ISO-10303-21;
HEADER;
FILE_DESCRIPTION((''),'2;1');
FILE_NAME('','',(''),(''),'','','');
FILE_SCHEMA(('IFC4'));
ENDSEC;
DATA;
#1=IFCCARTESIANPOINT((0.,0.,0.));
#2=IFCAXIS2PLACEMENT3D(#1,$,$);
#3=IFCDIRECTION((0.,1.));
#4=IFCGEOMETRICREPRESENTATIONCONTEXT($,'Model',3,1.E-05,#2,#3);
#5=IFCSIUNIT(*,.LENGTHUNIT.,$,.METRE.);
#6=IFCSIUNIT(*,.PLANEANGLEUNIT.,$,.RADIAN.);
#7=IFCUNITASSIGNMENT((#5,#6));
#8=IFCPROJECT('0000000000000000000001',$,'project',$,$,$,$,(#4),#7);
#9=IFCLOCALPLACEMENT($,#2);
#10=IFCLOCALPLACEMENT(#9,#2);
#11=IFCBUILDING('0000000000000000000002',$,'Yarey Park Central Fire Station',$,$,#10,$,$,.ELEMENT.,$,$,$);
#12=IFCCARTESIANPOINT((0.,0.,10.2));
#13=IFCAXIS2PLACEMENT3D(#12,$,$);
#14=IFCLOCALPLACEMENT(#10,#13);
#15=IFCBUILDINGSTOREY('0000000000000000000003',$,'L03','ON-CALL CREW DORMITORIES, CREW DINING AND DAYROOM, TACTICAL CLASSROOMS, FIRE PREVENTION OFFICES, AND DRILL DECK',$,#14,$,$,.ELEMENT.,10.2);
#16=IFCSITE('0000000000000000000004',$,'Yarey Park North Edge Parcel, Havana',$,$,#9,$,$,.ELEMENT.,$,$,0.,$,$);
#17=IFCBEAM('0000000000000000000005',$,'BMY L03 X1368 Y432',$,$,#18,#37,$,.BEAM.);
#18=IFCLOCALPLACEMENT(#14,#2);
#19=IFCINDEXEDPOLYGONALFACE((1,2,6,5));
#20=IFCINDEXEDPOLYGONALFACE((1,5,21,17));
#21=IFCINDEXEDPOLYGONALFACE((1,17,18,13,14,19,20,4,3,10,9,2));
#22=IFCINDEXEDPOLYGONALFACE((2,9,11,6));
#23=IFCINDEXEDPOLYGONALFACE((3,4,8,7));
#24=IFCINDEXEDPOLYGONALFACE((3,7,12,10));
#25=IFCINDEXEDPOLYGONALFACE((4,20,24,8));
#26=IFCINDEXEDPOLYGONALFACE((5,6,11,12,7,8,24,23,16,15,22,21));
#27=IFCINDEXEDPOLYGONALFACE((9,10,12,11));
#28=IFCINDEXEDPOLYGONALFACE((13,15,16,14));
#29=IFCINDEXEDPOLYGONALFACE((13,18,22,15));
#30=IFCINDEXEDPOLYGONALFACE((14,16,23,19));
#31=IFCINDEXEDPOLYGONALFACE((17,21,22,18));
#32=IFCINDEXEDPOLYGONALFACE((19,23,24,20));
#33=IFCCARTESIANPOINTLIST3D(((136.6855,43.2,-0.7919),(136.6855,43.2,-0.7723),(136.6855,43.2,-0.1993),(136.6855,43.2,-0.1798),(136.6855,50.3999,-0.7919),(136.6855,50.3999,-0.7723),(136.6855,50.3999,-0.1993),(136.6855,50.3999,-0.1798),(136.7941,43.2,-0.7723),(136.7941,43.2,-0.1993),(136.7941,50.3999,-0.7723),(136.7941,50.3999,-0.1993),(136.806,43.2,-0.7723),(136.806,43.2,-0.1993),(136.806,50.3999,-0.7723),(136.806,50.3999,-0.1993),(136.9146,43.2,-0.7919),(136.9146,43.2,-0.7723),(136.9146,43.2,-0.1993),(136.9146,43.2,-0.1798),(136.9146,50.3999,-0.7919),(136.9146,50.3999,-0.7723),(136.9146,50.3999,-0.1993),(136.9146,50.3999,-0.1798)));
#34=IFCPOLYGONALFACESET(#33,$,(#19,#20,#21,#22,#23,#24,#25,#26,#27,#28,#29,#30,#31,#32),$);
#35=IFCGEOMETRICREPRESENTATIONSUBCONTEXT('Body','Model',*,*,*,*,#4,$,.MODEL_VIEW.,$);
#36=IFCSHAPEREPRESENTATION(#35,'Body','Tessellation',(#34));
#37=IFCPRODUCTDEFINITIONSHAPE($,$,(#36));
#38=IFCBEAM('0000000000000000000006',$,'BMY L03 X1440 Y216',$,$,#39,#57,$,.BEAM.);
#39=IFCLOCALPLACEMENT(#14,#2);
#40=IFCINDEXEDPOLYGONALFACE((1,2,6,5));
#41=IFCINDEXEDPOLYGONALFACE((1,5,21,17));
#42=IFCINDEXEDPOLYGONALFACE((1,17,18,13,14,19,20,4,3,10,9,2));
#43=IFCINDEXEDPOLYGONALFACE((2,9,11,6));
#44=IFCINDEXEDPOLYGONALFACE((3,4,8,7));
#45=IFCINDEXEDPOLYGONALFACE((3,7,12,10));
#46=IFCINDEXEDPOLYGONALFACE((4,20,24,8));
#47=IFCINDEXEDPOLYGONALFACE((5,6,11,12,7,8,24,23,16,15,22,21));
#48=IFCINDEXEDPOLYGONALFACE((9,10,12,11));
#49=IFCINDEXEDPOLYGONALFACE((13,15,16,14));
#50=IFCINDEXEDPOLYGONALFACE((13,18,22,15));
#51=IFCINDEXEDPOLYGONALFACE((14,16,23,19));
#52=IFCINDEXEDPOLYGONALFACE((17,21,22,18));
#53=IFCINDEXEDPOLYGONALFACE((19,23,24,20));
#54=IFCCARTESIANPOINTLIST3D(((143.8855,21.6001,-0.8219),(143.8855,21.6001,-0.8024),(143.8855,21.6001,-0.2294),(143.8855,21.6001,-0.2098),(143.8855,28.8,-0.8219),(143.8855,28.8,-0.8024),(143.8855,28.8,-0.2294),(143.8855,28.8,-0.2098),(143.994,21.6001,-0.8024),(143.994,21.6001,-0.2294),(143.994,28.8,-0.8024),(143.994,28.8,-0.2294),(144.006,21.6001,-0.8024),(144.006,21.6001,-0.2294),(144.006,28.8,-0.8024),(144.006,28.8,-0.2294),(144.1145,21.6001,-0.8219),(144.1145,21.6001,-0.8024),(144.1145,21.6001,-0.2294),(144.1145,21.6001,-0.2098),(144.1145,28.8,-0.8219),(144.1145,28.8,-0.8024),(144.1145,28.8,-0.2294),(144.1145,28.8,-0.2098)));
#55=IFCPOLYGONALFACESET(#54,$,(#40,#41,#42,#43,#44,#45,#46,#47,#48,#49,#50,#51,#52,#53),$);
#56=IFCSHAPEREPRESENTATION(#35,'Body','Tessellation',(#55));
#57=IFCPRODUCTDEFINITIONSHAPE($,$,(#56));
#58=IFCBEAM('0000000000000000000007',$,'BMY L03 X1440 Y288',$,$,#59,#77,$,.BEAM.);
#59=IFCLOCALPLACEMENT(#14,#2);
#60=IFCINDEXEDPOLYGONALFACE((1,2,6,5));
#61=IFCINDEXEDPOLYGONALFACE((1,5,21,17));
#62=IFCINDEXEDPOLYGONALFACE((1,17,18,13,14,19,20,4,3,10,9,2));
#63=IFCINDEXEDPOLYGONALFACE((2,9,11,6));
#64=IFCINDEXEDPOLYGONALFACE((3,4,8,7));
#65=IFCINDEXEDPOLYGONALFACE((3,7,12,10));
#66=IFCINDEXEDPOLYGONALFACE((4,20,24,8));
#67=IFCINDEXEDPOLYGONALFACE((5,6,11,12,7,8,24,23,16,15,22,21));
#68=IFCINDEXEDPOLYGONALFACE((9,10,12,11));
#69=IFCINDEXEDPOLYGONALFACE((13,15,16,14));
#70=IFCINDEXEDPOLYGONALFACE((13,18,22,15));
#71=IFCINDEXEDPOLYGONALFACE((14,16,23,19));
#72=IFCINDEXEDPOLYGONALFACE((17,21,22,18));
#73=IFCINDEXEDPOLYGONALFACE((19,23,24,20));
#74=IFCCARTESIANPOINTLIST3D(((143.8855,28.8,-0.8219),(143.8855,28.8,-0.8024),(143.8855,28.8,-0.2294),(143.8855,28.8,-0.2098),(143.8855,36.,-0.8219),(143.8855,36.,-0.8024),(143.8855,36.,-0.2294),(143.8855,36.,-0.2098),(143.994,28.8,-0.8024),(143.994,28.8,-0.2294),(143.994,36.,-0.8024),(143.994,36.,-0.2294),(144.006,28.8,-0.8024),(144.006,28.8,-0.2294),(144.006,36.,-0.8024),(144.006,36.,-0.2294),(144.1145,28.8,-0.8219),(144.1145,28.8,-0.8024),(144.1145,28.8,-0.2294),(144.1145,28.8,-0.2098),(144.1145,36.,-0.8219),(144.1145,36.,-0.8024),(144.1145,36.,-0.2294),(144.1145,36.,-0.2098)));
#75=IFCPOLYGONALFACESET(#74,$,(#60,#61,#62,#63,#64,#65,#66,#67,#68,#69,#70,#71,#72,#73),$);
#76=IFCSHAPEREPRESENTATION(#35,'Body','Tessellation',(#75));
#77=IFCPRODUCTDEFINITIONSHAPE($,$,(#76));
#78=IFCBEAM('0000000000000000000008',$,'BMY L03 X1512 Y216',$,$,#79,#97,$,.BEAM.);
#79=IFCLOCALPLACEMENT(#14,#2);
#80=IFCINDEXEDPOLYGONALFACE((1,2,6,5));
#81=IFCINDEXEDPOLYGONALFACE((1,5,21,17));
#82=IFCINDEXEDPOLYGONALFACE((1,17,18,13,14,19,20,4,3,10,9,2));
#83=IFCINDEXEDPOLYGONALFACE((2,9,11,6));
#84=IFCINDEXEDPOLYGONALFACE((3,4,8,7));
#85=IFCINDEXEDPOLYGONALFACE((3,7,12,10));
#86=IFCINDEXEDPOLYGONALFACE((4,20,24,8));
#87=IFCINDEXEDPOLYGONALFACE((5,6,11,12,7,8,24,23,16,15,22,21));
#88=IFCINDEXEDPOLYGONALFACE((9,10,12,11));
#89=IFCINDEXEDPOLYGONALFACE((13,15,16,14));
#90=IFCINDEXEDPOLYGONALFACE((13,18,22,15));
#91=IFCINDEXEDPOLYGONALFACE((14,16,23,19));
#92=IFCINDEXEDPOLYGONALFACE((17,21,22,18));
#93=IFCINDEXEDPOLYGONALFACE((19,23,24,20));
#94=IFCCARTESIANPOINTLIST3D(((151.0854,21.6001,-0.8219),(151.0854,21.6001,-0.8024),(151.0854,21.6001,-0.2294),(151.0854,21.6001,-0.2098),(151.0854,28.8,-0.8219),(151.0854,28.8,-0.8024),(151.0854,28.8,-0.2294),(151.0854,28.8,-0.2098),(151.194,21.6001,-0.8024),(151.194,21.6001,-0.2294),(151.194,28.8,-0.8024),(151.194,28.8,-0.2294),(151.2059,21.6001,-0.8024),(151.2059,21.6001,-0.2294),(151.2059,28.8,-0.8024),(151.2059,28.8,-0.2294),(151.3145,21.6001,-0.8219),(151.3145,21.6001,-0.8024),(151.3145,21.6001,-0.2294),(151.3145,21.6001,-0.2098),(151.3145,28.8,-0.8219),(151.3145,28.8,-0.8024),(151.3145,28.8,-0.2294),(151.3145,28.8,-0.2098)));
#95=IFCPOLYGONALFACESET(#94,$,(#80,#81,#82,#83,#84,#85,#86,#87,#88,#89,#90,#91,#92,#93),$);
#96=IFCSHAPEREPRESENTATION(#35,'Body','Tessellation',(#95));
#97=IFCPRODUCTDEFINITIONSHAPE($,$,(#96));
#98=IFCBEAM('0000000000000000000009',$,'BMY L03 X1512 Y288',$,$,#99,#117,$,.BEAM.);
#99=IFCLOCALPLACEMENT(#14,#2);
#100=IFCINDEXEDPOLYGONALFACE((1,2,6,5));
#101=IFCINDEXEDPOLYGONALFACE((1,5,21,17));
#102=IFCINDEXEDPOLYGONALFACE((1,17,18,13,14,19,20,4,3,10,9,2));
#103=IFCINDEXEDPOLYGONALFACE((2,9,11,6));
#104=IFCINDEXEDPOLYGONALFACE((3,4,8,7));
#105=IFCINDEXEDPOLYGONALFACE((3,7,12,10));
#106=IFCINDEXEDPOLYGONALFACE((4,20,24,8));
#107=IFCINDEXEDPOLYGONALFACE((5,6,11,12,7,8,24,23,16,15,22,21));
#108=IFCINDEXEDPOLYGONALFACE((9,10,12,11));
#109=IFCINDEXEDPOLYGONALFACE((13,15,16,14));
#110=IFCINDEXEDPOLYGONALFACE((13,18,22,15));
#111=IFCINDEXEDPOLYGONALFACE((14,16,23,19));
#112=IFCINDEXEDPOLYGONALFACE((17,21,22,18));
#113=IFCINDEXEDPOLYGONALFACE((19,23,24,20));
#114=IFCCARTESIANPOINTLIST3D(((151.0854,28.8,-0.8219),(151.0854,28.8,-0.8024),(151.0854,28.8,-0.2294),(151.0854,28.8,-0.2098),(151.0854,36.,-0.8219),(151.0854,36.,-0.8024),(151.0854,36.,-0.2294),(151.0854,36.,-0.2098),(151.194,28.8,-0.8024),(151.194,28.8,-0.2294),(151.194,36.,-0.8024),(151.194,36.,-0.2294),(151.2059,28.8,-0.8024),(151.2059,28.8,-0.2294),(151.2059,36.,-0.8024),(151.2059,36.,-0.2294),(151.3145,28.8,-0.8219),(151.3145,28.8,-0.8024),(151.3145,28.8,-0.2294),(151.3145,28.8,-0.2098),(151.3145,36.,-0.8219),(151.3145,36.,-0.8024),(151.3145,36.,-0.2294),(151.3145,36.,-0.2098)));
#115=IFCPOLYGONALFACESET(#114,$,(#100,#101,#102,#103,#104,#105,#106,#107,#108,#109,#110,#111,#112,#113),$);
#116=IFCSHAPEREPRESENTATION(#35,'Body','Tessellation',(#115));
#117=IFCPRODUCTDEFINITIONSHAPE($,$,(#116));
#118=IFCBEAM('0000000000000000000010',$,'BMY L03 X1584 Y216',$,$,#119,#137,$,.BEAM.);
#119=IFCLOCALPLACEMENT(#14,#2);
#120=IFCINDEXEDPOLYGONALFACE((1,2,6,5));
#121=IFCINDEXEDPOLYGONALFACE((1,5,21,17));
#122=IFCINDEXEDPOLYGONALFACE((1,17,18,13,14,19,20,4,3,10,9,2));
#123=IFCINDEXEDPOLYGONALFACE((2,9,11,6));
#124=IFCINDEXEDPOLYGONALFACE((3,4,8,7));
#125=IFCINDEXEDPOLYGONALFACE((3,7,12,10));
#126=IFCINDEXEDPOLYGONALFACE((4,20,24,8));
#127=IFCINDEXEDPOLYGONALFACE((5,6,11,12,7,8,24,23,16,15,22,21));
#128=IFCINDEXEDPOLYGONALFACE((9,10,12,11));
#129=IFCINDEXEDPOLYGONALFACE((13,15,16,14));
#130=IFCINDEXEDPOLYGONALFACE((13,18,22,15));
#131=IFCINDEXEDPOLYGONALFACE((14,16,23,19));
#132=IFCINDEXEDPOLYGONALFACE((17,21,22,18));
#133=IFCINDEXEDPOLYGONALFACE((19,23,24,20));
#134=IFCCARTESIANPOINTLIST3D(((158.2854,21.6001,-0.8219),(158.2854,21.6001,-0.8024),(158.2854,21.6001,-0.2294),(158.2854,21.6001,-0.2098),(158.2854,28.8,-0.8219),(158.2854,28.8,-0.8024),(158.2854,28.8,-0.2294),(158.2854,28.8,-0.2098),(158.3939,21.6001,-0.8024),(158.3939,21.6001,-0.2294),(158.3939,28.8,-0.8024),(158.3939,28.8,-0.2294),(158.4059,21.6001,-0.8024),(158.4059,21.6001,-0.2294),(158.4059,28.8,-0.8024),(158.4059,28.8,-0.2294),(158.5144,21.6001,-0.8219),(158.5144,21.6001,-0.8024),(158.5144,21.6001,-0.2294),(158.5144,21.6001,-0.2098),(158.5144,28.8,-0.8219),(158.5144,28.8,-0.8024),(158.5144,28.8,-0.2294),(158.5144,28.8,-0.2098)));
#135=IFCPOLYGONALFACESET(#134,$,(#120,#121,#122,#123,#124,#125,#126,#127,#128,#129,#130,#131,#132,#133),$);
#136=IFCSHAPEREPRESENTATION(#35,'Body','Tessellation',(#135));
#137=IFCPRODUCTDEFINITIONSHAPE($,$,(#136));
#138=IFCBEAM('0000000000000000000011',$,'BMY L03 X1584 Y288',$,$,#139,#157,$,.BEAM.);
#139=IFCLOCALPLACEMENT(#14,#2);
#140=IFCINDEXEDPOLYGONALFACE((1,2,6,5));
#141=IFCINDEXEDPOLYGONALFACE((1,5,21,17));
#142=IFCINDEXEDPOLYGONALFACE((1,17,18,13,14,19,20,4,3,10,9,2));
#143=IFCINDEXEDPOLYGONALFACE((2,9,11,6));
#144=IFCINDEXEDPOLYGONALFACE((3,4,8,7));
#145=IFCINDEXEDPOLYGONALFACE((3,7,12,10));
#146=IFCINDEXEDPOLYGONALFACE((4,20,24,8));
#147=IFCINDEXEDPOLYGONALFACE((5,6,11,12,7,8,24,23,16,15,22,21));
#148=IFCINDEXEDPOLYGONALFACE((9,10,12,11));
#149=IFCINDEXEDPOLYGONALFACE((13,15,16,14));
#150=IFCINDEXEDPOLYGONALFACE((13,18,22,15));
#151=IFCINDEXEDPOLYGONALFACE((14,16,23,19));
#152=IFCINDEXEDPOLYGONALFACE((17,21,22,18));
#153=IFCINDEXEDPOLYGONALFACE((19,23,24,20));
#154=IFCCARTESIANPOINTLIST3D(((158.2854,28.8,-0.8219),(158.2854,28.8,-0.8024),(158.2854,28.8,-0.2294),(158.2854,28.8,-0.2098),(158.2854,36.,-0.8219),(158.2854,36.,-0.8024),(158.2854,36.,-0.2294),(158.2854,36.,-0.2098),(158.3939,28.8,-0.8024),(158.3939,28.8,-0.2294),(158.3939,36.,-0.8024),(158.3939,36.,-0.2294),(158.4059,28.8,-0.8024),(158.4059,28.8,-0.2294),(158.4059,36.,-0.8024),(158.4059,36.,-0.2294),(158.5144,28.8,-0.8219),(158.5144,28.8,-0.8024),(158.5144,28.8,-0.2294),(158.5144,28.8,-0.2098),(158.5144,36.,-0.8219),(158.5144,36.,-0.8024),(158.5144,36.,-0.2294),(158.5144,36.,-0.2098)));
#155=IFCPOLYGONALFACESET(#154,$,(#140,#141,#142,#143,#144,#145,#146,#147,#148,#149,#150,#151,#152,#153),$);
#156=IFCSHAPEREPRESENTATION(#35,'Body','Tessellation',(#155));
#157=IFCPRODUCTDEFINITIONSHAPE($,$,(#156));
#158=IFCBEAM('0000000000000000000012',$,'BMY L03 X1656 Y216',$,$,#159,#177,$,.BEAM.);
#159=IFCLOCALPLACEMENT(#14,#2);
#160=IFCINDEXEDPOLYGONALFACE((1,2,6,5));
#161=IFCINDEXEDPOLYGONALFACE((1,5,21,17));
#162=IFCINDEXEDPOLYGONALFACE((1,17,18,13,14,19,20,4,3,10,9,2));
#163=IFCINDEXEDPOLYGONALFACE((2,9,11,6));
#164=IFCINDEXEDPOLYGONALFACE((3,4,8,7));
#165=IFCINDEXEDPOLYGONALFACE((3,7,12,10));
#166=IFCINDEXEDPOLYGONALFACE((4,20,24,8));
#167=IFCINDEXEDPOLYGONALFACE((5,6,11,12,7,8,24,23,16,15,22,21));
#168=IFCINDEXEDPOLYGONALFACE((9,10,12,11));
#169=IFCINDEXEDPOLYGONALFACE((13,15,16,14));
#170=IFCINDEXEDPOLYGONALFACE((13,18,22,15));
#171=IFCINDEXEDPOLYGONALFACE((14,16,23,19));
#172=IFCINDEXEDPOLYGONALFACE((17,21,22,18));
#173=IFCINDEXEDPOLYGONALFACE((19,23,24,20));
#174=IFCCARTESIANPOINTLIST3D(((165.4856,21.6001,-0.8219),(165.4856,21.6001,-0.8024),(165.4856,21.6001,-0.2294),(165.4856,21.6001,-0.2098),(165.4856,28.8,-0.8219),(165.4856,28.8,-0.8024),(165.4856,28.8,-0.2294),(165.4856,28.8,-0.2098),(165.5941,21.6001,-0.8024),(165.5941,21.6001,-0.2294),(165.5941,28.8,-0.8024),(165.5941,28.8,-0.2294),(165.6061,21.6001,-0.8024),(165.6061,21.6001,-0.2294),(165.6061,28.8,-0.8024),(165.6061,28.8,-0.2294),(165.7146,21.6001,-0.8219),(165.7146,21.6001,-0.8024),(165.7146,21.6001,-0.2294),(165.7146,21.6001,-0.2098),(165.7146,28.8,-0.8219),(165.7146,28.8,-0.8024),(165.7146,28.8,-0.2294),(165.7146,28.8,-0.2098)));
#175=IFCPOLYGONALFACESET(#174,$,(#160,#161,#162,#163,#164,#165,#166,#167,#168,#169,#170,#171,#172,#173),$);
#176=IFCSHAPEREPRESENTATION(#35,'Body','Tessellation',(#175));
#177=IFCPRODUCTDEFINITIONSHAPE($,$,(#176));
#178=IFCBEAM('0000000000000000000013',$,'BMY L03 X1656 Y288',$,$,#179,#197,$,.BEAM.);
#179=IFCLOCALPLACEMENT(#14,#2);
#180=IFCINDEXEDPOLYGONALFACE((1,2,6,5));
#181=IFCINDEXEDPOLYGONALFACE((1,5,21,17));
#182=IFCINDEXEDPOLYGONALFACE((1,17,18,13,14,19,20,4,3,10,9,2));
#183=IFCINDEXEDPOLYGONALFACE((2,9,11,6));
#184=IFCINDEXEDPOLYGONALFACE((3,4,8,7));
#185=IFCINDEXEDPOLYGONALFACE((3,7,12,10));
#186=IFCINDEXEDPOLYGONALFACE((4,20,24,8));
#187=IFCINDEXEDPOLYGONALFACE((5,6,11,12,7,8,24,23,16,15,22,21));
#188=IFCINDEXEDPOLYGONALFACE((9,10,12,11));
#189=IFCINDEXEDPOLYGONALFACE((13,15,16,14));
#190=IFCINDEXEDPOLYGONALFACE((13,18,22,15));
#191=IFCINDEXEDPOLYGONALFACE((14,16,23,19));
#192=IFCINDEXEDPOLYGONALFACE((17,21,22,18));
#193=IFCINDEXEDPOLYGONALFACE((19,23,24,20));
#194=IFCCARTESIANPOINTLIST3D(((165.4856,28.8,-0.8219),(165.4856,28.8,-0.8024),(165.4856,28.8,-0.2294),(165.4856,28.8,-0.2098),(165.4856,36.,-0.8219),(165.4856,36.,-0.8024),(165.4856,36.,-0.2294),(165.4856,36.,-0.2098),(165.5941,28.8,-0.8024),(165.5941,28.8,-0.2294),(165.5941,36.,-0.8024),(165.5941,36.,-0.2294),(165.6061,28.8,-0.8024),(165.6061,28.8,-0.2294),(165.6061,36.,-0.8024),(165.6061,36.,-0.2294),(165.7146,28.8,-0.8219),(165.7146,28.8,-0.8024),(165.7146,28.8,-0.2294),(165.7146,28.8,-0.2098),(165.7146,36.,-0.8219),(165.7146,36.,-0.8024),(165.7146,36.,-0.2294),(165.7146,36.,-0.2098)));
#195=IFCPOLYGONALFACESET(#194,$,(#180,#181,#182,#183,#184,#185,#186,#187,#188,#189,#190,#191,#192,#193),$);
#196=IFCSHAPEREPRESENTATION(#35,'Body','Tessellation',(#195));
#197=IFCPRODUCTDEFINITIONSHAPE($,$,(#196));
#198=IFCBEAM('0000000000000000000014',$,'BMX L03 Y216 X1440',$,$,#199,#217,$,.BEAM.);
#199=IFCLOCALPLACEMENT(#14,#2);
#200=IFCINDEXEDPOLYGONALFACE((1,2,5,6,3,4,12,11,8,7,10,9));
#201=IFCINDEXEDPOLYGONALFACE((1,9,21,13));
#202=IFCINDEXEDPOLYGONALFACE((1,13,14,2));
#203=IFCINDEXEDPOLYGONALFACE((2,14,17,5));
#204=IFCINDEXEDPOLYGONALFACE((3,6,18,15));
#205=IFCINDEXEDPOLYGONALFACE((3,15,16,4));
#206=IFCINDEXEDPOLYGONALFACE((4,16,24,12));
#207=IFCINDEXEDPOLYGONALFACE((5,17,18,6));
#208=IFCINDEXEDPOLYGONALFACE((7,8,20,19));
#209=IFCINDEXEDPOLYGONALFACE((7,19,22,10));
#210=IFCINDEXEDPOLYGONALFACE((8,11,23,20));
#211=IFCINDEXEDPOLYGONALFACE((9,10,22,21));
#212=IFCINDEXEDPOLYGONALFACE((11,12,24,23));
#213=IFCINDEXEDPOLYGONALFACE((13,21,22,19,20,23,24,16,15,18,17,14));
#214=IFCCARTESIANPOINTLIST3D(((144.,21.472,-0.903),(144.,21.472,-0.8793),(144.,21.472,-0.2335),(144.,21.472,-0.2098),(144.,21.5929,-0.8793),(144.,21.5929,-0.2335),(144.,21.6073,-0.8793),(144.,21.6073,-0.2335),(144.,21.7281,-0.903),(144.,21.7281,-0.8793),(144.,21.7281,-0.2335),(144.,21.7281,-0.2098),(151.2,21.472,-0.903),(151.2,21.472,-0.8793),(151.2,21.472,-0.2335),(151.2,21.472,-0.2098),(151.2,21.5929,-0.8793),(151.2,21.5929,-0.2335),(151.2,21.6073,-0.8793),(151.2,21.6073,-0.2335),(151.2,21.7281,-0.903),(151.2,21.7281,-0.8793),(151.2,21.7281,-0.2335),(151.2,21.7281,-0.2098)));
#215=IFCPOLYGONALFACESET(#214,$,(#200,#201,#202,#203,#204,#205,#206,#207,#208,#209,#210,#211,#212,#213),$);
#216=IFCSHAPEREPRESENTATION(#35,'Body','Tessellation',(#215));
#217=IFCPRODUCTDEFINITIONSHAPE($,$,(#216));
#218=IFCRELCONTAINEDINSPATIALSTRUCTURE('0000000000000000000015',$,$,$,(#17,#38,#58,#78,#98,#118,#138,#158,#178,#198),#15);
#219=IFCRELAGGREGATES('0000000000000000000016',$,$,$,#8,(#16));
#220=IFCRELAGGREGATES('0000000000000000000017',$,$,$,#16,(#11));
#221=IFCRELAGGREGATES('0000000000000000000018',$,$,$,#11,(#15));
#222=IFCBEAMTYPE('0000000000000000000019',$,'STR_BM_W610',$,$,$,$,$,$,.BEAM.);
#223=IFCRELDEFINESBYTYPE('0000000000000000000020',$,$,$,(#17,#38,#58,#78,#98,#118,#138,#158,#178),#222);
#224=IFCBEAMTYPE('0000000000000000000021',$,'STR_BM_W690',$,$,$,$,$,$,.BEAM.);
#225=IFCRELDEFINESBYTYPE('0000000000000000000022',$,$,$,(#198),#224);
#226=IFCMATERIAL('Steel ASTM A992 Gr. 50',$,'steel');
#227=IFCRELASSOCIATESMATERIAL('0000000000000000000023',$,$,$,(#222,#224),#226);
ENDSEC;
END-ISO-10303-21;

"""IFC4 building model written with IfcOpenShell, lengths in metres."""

from ifc_helpers import new_model, si_unit, direction, frame, origin, origin_2d, place, context, subcontext, project, spatial, i_section, extrude, material, material_profile, profile_set, type_object, element, save


model = new_model("IFC4")

# Units and contexts
model_context = context("Model", 3, precision=1e-05, world=origin(), true_north=direction((0.0, 1.0)))
body_context = subcontext(model_context, "Body", "Model", "MODEL_VIEW")
ifc_project = project(units=[si_unit("LENGTHUNIT", "METRE"), si_unit("PLANEANGLEUNIT", "RADIAN")], contexts=[model_context])

# Site, building, storey
site_placement = place(None, origin())
site = spatial("IfcSite", under=ifc_project, at=site_placement, Name="Yarey Park North Edge Parcel, Havana", CompositionType="ELEMENT", RefElevation=0.0)
building_placement = place(site_placement, origin())
building = spatial("IfcBuilding", under=site, at=building_placement, Name="Yarey Park Central Fire Station", CompositionType="ELEMENT")
storey_placement = place(building_placement, frame((0.0, 0.0, 10.2)))
storey = spatial("IfcBuildingStorey", under=building, at=storey_placement, Name="L03", Description="ON-CALL CREW DORMITORIES, CREW DINING AND DAYROOM, TACTICAL CLASSROOMS, FIRE PREVENTION OFFICES, AND DRILL DECK", CompositionType="ELEMENT", Elevation=10.2)

# Beams
ifc_material_1 = material(Name="Steel ASTM A992 Gr. 50", Category="steel")
ifc_material_profile_1 = material_profile(ifc_material_1, i_section(OverallWidth=0.229, OverallDepth=0.6121, WebThickness=0.012, FlangeThickness=0.0195, at=origin_2d()), Name="W610x125")
ifc_profile_set_1 = profile_set([ifc_material_profile_1], Name="Steel ASTM A992 Gr. 50")
beam_type_1 = type_object("IfcBeamType", Name="STR_BM_W610", PredefinedType="BEAM", material=ifc_profile_set_1)
for number, where, z_axis, x_axis, name in (
    (1, (136.8, 43.2, -0.4858), (0.0, 1.0, 0.0), (-1.0, 0.0, 0.0), "BMY L03 X1368 Y432"),
    (2, (144.0, 21.6001, -0.5159), (0.0, 1.0, 0.0), (-1.0, 0.0, 0.0), "BMY L03 X1440 Y216"),
    (3, (144.0, 28.8, -0.5159), (0.0, 1.0, 0.0), (-1.0, 0.0, 0.0), "BMY L03 X1440 Y288"),
    (4, (151.2, 21.6001, -0.5159), (0.0, 1.0, 0.0), (-1.0, 0.0, 0.0), "BMY L03 X1512 Y216"),
    (5, (151.2, 28.8, -0.5159), (0.0, 1.0, 0.0), (-1.0, 0.0, 0.0), "BMY L03 X1512 Y288"),
    (6, (158.3999, 21.6001, -0.5159), (0.0, 1.0, 0.0), (-1.0, 0.0, 0.0), "BMY L03 X1584 Y216"),
    (7, (158.3999, 28.8, -0.5159), (0.0, 1.0, 0.0), (-1.0, 0.0, 0.0), "BMY L03 X1584 Y288"),
    (8, (165.6001, 21.6001, -0.5159), (0.0, 1.0, 0.0), (-1.0, 0.0, 0.0), "BMY L03 X1656 Y216"),
    (9, (165.6001, 28.8, -0.5159), (0.0, 1.0, 0.0), (-1.0, 0.0, 0.0), "BMY L03 X1656 Y288"),
):
    element("IfcBeam", number, at=place(storey_placement, frame(where, z_axis=z_axis, x_axis=x_axis)), inside=storey, type_object=beam_type_1, Name=name, PredefinedType="BEAM", context=body_context, shape_type="SweptSolid", body=[
        extrude(i_section(OverallWidth=0.229, OverallDepth=0.6121, WebThickness=0.012, FlangeThickness=0.0195, at=origin_2d()), origin(), (0.0, 0.0, 1.0), 7.2),
    ])
ifc_material_profile_2 = material_profile(ifc_material_1, i_section(OverallWidth=0.2561, OverallDepth=0.6931, WebThickness=0.0144, FlangeThickness=0.0237, at=origin_2d()), Name="W690x170")
ifc_profile_set_2 = profile_set([ifc_material_profile_2], Name="Steel ASTM A992 Gr. 50")
beam_type_2 = type_object("IfcBeamType", Name="STR_BM_W690", PredefinedType="BEAM", material=ifc_profile_set_2)
for number, where, z_axis, x_axis, name in (
    (10, (144.0, 21.6001, -0.5564), (1.0, 0.0, 0.0), (0.0, 1.0, 0.0), "BMX L03 Y216 X1440"),
):
    element("IfcBeam", number, at=place(storey_placement, frame(where, z_axis=z_axis, x_axis=x_axis)), inside=storey, type_object=beam_type_2, Name=name, PredefinedType="BEAM", context=body_context, shape_type="SweptSolid", body=[
        extrude(i_section(OverallWidth=0.2561, OverallDepth=0.6931, WebThickness=0.0144, FlangeThickness=0.0237, at=origin_2d()), origin(), (0.0, 0.0, 1.0), 7.2),
    ])

save(model, "model.ifc")
